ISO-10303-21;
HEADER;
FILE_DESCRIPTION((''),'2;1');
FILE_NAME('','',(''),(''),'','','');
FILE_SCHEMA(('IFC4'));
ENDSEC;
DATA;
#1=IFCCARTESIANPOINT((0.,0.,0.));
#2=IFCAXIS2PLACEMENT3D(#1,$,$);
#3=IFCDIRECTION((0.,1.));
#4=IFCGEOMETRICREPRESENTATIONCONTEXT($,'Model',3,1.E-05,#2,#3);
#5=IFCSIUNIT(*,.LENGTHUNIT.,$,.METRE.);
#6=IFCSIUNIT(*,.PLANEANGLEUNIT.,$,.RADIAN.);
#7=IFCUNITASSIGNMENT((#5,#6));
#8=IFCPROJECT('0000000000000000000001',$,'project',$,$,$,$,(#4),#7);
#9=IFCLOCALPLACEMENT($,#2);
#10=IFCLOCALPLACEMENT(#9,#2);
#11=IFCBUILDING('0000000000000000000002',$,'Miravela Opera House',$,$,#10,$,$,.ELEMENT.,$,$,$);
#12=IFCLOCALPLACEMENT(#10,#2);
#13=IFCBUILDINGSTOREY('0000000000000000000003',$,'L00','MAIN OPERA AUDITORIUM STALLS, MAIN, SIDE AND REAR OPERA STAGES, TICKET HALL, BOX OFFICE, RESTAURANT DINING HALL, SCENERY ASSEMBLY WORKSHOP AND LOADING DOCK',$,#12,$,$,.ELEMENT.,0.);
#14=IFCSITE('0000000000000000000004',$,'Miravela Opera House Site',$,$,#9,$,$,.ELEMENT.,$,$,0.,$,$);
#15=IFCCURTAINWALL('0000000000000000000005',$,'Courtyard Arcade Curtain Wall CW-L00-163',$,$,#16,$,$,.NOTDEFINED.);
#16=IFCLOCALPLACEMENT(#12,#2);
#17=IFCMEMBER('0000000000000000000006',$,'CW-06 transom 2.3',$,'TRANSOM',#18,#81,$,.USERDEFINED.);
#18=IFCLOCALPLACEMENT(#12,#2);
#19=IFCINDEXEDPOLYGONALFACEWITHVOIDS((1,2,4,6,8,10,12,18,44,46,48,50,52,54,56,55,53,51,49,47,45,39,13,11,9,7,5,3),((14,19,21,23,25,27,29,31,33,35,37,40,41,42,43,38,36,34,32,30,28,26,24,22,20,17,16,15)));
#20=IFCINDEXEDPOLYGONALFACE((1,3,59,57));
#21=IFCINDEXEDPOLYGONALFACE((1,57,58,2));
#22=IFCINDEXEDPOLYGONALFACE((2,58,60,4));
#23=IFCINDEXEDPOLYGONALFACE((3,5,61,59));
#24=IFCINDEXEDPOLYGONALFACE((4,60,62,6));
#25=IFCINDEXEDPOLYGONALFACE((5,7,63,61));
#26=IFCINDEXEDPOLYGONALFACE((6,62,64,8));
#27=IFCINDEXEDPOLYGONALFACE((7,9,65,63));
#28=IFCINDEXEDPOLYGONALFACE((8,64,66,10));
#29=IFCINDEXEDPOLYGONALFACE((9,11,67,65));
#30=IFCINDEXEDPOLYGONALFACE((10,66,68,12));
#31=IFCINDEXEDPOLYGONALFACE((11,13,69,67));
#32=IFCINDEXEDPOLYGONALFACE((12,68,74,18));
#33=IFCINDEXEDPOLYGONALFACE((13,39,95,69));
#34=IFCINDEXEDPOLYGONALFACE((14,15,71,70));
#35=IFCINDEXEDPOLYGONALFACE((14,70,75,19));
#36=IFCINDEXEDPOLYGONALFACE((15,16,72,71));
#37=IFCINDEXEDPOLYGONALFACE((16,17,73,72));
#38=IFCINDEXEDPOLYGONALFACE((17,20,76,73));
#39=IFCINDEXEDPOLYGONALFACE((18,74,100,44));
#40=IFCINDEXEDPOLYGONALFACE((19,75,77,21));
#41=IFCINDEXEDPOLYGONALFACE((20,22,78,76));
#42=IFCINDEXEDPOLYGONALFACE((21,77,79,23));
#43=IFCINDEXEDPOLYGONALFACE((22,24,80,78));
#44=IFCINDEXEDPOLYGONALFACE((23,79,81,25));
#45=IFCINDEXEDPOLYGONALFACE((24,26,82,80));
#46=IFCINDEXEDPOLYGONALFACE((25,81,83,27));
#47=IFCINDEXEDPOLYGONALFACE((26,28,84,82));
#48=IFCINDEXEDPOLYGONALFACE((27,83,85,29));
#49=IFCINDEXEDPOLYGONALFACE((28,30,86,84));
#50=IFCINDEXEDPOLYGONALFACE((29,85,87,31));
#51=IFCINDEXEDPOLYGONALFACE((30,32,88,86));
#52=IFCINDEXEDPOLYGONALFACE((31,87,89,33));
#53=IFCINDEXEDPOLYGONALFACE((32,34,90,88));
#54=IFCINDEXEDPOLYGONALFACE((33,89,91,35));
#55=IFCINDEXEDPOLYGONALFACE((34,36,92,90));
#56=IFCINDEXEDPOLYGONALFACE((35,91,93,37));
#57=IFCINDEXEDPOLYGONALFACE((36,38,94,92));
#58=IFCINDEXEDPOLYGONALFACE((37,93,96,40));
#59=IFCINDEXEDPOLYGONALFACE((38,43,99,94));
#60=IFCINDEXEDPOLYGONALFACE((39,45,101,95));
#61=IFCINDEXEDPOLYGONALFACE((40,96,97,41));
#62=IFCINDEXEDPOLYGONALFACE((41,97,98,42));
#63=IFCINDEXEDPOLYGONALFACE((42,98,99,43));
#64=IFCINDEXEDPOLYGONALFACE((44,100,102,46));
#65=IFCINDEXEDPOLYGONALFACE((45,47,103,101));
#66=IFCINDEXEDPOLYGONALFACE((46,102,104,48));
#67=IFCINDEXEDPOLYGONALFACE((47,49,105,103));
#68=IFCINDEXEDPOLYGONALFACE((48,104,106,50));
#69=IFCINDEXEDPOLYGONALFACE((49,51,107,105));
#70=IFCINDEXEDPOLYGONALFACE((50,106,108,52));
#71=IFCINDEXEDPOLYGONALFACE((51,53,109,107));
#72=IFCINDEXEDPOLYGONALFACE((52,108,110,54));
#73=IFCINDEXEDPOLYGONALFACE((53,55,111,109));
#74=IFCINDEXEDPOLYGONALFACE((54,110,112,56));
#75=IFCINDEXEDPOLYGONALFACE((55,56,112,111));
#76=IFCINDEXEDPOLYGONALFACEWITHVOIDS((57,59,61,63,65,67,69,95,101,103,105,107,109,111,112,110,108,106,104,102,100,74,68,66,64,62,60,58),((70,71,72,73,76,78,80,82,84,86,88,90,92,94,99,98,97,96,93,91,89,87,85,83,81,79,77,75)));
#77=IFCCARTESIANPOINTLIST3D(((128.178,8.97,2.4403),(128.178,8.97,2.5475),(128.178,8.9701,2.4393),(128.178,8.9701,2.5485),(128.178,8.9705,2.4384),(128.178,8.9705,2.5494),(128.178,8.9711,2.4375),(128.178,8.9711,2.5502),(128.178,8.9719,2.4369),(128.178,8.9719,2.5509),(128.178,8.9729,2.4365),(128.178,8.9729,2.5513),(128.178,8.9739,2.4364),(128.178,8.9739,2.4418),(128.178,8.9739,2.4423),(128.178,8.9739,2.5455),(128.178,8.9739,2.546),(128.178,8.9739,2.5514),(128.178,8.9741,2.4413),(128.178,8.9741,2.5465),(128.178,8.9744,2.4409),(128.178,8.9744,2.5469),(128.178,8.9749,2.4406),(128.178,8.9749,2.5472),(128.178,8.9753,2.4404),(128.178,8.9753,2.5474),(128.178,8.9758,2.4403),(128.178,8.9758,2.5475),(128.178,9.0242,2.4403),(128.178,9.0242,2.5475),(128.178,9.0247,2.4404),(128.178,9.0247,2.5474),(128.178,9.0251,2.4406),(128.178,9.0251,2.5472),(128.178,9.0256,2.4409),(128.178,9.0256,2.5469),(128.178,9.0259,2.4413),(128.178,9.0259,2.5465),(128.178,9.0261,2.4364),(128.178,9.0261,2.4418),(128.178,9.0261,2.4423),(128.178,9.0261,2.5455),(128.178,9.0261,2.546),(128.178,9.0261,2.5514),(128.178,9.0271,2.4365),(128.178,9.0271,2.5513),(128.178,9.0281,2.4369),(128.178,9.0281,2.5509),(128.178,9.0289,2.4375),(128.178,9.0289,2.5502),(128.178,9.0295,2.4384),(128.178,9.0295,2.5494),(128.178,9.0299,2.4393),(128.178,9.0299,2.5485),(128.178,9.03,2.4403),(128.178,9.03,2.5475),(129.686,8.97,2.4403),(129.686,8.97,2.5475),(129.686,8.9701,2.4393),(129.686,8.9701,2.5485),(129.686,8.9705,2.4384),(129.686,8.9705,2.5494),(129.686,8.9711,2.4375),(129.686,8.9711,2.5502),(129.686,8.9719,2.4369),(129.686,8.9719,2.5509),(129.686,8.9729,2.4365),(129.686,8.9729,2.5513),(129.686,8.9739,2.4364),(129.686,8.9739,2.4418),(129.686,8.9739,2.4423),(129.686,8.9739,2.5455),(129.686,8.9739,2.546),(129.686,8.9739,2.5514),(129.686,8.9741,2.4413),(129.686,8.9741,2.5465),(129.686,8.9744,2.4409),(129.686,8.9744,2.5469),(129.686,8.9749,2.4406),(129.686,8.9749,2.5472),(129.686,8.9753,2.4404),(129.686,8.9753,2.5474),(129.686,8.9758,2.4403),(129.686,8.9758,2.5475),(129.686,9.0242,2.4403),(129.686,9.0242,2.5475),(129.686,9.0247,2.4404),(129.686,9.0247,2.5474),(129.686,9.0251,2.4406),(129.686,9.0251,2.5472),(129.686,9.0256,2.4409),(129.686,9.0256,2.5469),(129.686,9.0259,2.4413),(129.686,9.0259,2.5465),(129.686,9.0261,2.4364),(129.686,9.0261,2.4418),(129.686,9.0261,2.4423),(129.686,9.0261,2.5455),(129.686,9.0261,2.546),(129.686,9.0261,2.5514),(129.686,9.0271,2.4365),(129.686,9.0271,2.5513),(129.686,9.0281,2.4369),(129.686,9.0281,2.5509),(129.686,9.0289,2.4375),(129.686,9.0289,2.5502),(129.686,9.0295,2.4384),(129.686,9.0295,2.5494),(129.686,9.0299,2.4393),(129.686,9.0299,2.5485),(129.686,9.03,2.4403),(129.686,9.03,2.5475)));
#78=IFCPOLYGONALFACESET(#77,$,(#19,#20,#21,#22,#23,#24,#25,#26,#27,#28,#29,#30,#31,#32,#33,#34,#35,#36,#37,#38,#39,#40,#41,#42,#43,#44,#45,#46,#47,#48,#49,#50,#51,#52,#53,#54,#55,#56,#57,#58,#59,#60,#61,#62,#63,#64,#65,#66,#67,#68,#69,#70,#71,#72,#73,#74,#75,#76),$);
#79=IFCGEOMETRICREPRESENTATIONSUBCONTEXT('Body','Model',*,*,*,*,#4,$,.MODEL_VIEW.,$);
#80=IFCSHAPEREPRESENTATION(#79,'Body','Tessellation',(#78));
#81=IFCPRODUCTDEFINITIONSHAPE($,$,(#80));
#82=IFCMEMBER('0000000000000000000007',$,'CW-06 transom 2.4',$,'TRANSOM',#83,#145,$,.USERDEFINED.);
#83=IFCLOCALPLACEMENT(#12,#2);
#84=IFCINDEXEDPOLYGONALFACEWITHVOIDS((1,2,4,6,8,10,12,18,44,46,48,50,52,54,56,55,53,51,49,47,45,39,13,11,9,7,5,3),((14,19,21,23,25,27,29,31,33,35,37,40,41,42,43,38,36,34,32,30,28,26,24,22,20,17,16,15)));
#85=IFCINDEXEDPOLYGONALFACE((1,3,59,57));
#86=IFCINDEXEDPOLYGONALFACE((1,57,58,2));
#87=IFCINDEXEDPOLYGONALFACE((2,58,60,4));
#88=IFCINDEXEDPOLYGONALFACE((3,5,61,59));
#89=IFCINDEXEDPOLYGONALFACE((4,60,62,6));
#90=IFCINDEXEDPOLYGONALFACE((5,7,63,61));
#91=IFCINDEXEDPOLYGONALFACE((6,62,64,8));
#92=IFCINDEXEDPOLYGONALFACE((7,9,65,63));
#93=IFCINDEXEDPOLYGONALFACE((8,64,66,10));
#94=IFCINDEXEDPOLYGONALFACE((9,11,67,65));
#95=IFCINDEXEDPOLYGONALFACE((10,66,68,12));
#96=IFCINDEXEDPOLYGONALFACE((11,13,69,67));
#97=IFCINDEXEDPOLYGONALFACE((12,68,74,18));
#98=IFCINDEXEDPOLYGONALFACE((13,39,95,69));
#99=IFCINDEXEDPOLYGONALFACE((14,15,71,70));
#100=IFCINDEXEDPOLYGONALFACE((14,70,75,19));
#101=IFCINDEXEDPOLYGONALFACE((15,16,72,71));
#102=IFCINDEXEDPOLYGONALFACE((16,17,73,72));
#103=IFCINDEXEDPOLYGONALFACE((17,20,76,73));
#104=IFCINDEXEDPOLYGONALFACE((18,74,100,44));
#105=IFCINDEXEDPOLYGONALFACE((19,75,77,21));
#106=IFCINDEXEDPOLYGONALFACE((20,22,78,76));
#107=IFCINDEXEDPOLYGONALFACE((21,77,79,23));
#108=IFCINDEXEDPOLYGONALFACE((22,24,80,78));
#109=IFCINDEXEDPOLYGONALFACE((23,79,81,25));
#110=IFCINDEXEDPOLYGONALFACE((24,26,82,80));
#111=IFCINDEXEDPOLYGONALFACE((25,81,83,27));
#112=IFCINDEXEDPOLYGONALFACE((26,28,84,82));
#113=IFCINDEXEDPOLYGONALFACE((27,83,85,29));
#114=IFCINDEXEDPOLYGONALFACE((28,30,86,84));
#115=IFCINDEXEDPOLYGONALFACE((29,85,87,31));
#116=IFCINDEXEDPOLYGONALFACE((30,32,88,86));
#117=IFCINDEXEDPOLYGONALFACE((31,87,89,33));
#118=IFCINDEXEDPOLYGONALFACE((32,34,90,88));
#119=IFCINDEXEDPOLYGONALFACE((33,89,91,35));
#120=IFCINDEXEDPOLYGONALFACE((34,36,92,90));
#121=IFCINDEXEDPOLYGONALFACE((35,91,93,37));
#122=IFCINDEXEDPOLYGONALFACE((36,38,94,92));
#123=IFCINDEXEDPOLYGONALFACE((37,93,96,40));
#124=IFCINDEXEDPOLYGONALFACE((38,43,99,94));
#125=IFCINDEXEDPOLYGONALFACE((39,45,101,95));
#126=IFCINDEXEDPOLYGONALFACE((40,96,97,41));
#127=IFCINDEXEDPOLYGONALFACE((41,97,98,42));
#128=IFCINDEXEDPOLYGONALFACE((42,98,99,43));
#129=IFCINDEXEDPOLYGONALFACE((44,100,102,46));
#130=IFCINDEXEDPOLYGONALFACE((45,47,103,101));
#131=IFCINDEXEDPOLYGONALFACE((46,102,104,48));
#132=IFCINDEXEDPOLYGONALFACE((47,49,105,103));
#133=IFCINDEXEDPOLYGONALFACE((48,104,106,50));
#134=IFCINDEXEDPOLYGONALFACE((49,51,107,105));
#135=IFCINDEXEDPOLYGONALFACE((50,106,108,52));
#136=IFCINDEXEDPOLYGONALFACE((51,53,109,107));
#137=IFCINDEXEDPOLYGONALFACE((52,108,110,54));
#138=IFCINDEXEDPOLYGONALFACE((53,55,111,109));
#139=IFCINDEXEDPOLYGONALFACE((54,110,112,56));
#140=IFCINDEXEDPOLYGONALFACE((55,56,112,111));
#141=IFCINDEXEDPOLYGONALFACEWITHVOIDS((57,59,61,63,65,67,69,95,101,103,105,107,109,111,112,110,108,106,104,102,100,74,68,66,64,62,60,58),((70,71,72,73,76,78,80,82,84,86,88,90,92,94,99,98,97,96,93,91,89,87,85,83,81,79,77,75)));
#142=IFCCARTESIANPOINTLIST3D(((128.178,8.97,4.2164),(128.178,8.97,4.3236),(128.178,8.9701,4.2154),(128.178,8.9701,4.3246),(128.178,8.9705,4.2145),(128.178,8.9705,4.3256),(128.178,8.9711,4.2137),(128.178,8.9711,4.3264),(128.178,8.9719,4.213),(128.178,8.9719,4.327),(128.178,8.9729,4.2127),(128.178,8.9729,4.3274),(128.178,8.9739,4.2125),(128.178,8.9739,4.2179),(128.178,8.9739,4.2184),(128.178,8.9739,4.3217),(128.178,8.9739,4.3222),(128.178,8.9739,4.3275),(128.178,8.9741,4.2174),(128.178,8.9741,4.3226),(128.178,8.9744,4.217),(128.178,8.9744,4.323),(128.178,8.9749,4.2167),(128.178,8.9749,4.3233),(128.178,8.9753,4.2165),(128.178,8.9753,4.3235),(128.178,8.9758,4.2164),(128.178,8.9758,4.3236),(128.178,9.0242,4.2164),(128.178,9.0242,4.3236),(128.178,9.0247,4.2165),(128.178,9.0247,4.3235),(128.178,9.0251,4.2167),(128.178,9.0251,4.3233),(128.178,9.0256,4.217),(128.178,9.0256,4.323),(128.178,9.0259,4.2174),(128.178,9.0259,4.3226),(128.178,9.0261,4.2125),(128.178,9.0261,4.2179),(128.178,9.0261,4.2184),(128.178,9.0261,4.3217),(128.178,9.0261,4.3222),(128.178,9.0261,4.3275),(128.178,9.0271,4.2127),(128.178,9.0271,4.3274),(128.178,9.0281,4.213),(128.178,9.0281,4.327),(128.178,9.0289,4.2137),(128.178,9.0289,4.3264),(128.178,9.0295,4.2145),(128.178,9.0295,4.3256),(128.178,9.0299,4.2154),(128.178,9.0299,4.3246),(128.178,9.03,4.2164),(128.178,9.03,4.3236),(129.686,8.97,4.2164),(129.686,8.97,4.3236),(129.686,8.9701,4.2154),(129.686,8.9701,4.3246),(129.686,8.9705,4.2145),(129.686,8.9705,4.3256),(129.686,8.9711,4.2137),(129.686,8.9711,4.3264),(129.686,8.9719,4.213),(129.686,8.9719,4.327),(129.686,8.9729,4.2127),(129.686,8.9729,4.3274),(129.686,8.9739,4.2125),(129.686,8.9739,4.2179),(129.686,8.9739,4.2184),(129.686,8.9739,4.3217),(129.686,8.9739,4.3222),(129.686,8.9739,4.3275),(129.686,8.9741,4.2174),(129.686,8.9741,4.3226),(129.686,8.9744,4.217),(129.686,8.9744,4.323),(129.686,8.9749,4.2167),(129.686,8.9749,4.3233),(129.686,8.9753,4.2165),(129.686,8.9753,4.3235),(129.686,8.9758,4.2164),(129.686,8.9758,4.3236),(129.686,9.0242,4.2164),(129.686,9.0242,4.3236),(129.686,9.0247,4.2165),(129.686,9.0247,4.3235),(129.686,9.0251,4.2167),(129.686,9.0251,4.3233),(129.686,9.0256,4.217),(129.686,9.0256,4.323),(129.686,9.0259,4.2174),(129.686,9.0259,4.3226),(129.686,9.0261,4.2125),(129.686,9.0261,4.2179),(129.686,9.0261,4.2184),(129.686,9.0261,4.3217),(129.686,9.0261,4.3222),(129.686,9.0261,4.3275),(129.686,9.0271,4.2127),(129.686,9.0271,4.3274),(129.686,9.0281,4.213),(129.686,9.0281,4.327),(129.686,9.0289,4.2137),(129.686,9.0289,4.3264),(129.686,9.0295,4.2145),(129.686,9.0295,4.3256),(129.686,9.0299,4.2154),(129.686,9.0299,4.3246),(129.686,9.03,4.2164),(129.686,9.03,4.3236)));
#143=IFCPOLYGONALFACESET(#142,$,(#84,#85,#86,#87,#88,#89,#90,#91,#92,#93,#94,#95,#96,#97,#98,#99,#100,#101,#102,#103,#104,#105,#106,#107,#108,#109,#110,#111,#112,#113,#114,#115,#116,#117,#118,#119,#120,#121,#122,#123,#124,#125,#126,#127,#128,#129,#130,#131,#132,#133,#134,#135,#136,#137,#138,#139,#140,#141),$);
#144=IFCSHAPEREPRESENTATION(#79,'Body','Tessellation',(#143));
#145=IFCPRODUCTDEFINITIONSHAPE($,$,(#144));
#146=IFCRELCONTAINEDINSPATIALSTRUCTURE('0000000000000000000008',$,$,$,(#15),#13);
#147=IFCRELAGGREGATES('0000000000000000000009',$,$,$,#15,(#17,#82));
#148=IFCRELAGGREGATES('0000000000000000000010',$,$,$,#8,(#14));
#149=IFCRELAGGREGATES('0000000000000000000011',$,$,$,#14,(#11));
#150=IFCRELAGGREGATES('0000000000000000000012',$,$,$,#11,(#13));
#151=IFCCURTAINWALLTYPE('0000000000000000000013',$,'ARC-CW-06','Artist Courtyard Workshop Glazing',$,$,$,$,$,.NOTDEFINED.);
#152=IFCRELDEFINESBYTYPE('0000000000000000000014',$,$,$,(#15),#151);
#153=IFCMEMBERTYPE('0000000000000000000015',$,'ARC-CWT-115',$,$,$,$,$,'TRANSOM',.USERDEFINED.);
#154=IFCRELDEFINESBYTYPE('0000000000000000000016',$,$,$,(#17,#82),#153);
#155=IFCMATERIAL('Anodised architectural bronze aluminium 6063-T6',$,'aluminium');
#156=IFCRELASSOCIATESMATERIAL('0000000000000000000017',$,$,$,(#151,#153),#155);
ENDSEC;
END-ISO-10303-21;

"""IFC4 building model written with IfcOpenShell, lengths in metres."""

from ifc_helpers import new_model, si_unit, direction, frame, origin, origin_2d, place, context, subcontext, project, spatial, hollow_rectangle, extrude, material, material_profile, profile_set, type_object, element, aggregate, save


model = new_model("IFC4")

# Units and contexts
model_context = context("Model", 3, precision=1e-05, world=origin(), true_north=direction((0.0, 1.0)))
body_context = subcontext(model_context, "Body", "Model", "MODEL_VIEW")
ifc_project = project(units=[si_unit("LENGTHUNIT", "METRE"), si_unit("PLANEANGLEUNIT", "RADIAN")], contexts=[model_context])

# Site, building, storey
site_placement = place(None, origin())
site = spatial("IfcSite", under=ifc_project, at=site_placement, Name="Miravela Opera House Site", CompositionType="ELEMENT", RefElevation=0.0)
building_placement = place(site_placement, origin())
building = spatial("IfcBuilding", under=site, at=building_placement, Name="Miravela Opera House", CompositionType="ELEMENT")
storey_placement = place(building_placement, origin())
storey = spatial("IfcBuildingStorey", under=building, at=storey_placement, Name="L00", Description="MAIN OPERA AUDITORIUM STALLS, MAIN, SIDE AND REAR OPERA STAGES, TICKET HALL, BOX OFFICE, RESTAURANT DINING HALL, SCENERY ASSEMBLY WORKSHOP AND LOADING DOCK", CompositionType="ELEMENT", Elevation=0.0)

# Shared definitions
ifc_material_1 = material(Name="Anodised architectural bronze aluminium 6063-T6", Category="aluminium")
curtain_wall_type = type_object("IfcCurtainWallType", Name="ARC-CW-06", Description="Artist Courtyard Workshop Glazing", PredefinedType="NOTDEFINED", material=ifc_material_1)

# Curtain wall, members
curtain_wall_1_placement = place(storey_placement, origin())
curtain_wall_1 = element("IfcCurtainWall", 1, at=curtain_wall_1_placement, inside=storey, type_object=curtain_wall_type, Name="Courtyard Arcade Curtain Wall CW-L00-163", PredefinedType="NOTDEFINED")
ifc_material_profile_1 = material_profile(ifc_material_1, hollow_rectangle(XDim=0.0601, YDim=0.115, WallThickness=0.0039, InnerFilletRadius=0.002, OuterFilletRadius=0.0039, at=origin_2d()), Name="CWT-60X115")
ifc_profile_set_1 = profile_set([ifc_material_profile_1])
member_type_1 = type_object("IfcMemberType", Name="ARC-CWT-115", ElementType="TRANSOM", PredefinedType="USERDEFINED", material=ifc_profile_set_1)
member_1_placement = place(storey_placement, frame((128.178, 9.0, 2.4939), z_axis=(1.0, 0.0, 0.0), x_axis=(0.0, 1.0, 0.0)))
member_1 = element("IfcMember", 2, at=member_1_placement, type_object=member_type_1, Name="CW-06 transom 2.3", ObjectType="TRANSOM", PredefinedType="USERDEFINED", context=body_context, shape_type="SweptSolid", body=[
    extrude(hollow_rectangle(XDim=0.0601, YDim=0.115, WallThickness=0.0039, InnerFilletRadius=0.002, OuterFilletRadius=0.0039, at=origin_2d()), origin(), (0.0, 0.0, 1.0), 1.5081),
])
member_2_placement = place(storey_placement, frame((128.178, 9.0, 4.27), z_axis=(1.0, 0.0, 0.0), x_axis=(0.0, 1.0, 0.0)))
member_2 = element("IfcMember", 3, at=member_2_placement, type_object=member_type_1, Name="CW-06 transom 2.4", ObjectType="TRANSOM", PredefinedType="USERDEFINED", context=body_context, shape_type="SweptSolid", body=[
    extrude(hollow_rectangle(XDim=0.0601, YDim=0.115, WallThickness=0.0039, InnerFilletRadius=0.002, OuterFilletRadius=0.0039, at=origin_2d()), origin(), (0.0, 0.0, 1.0), 1.5081),
])

aggregate(curtain_wall_1, [member_1, member_2])

save(model, "model.ifc")
